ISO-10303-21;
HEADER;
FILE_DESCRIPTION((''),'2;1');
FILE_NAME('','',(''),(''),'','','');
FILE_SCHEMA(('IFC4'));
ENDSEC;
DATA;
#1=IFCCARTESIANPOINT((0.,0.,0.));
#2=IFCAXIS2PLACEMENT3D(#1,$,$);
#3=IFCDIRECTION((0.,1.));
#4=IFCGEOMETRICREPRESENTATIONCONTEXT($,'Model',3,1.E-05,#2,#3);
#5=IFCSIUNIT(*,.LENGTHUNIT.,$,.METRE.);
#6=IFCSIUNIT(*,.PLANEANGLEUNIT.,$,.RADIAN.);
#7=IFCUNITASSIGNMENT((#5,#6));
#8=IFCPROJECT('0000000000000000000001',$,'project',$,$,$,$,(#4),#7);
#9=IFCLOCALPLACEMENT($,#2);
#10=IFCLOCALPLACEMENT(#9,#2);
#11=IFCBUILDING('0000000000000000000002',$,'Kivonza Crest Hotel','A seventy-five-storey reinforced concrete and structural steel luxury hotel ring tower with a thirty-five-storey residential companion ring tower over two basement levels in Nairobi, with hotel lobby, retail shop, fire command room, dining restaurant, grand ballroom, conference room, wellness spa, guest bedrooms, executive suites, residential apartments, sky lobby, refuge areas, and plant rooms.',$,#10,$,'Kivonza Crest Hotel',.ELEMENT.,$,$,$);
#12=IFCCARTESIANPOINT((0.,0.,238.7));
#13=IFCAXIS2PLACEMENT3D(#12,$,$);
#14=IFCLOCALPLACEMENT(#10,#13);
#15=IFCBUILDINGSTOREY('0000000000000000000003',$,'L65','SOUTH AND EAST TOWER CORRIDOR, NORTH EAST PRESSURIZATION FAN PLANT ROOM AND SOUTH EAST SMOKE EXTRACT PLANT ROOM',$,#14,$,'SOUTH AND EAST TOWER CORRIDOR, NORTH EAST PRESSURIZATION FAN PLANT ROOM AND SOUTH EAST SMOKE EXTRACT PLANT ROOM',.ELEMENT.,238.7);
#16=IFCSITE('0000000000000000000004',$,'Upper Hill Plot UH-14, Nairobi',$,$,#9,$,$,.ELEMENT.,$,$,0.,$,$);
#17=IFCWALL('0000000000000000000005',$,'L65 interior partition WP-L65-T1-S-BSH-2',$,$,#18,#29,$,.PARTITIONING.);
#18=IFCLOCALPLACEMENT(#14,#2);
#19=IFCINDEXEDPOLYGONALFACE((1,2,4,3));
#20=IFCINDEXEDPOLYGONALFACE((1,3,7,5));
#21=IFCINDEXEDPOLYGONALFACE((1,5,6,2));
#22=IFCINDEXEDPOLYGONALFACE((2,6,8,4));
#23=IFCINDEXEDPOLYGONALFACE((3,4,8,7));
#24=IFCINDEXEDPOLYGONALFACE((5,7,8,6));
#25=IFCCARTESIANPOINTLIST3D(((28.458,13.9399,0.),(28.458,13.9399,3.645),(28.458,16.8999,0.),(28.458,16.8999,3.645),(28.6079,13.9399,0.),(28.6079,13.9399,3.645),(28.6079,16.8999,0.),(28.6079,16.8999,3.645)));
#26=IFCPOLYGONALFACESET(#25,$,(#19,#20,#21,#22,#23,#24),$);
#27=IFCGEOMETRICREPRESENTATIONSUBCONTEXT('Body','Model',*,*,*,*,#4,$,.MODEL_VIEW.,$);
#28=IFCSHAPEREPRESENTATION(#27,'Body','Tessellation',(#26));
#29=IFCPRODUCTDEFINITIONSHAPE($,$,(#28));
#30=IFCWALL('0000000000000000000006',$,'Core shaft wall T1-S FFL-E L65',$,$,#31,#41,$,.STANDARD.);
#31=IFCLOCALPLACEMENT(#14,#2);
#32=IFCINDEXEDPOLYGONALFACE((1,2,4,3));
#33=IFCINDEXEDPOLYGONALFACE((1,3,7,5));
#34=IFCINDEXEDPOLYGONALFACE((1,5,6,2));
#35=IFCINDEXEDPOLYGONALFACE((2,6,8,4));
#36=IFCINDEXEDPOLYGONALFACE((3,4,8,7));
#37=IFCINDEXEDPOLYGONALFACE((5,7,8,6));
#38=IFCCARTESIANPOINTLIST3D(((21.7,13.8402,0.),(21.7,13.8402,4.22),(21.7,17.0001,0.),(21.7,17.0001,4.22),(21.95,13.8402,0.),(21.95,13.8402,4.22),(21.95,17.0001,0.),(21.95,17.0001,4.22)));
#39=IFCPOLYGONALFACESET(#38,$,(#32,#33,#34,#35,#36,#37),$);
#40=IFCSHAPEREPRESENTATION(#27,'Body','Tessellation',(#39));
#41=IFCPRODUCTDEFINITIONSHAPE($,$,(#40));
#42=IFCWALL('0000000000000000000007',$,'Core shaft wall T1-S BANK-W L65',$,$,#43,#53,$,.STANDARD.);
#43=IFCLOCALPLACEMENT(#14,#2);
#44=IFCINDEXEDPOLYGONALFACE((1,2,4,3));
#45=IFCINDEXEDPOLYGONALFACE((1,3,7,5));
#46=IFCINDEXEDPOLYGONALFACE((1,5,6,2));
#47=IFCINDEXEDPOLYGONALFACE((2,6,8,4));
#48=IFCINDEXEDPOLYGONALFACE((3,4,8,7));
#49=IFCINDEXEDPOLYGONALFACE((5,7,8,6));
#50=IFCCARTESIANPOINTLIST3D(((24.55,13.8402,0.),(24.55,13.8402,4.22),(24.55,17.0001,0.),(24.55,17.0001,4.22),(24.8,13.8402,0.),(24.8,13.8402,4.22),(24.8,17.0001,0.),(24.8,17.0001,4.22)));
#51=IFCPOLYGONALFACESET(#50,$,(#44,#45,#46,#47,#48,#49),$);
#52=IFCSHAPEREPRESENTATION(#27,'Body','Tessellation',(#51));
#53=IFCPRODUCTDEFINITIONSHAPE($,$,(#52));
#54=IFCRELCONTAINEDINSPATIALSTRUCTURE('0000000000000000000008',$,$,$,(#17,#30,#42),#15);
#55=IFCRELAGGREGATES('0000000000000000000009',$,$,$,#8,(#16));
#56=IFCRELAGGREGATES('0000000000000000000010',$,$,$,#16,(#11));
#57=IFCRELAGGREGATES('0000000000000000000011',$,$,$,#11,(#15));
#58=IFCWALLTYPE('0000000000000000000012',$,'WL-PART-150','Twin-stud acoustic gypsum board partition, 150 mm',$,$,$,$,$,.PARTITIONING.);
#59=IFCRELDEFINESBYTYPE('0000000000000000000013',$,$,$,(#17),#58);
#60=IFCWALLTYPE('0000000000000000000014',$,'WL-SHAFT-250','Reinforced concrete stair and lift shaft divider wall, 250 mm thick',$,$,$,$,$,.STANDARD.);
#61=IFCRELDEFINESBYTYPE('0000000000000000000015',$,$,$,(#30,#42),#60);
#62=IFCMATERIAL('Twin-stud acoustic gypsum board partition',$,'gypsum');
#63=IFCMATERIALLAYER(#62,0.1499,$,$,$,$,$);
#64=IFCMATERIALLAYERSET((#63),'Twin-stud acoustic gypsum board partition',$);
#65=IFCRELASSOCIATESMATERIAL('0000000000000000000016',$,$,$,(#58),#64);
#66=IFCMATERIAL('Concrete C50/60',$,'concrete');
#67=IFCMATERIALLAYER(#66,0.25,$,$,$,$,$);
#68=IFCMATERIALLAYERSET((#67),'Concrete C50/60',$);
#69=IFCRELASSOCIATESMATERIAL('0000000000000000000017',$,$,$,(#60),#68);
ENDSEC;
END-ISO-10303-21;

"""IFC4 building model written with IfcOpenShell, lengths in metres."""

from ifc_helpers import new_model, si_unit, direction, frame, frame_2d, origin, place, context, subcontext, project, spatial, rectangle, extrude, material, layer, layer_set, type_object, element, save


model = new_model("IFC4")

# Units and contexts
model_context = context("Model", 3, precision=1e-05, world=origin(), true_north=direction((0.0, 1.0)))
body_context = subcontext(model_context, "Body", "Model", "MODEL_VIEW")
ifc_project = project(units=[si_unit("LENGTHUNIT", "METRE"), si_unit("PLANEANGLEUNIT", "RADIAN")], contexts=[model_context])

# Site, building, storey
site_placement = place(None, origin())
site = spatial("IfcSite", under=ifc_project, at=site_placement, Name="Upper Hill Plot UH-14, Nairobi", CompositionType="ELEMENT", RefElevation=0.0)
building_placement = place(site_placement, origin())
building = spatial("IfcBuilding", under=site, at=building_placement, Name="Kivonza Crest Hotel", Description="A seventy-five-storey reinforced concrete and structural steel luxury hotel ring tower with a thirty-five-storey residential companion ring tower over two basement levels in Nairobi, with hotel lobby, retail shop, fire command room, dining restaurant, grand ballroom, conference room, wellness spa, guest bedrooms, executive suites, residential apartments, sky lobby, refuge areas, and plant rooms.", LongName="Kivonza Crest Hotel", CompositionType="ELEMENT")
storey_placement = place(building_placement, frame((0.0, 0.0, 238.7)))
storey = spatial("IfcBuildingStorey", under=building, at=storey_placement, Name="L65", Description="SOUTH AND EAST TOWER CORRIDOR, NORTH EAST PRESSURIZATION FAN PLANT ROOM AND SOUTH EAST SMOKE EXTRACT PLANT ROOM", LongName="SOUTH AND EAST TOWER CORRIDOR, NORTH EAST PRESSURIZATION FAN PLANT ROOM AND SOUTH EAST SMOKE EXTRACT PLANT ROOM", CompositionType="ELEMENT", Elevation=238.7)

# Shared definitions
ifc_material_1 = material(Name="Concrete C50/60", Category="concrete")

# Wall
ifc_material_2 = material(Name="Twin-stud acoustic gypsum board partition", Category="gypsum")
ifc_layer_1 = layer(ifc_material_2, 0.1499)
ifc_layer_set_1 = layer_set([ifc_layer_1], Name="Twin-stud acoustic gypsum board partition")
wall_type_1 = type_object("IfcWallType", Name="WL-PART-150", Description="Twin-stud acoustic gypsum board partition, 150 mm", PredefinedType="PARTITIONING", material=ifc_layer_set_1)
wall_1_placement = place(storey_placement, frame((28.533, 13.9399, 0.0), z_axis=(0.0, 0.0, 1.0), x_axis=(0.0, 1.0, 0.0)))
element("IfcWall", 1, at=wall_1_placement, inside=storey, type_object=wall_type_1, Name="L65 interior partition WP-L65-T1-S-BSH-2", PredefinedType="PARTITIONING", context=body_context, shape_type="SweptSolid", body=[
    extrude(rectangle(XDim=2.96, YDim=0.1499, at=frame_2d((1.48, 0.0))), origin(), (0.0, 0.0, 1.0), 3.645),
])

# Shared definitions
ifc_layer_2 = layer(ifc_material_1, 0.25)
ifc_layer_set_2 = layer_set([ifc_layer_2], Name="Concrete C50/60")
wall_type_2 = type_object("IfcWallType", Name="WL-SHAFT-250", Description="Reinforced concrete stair and lift shaft divider wall, 250 mm thick", PredefinedType="STANDARD", material=ifc_layer_set_2)

# Walls
for number, where, z_axis, x_axis, name in (
    (2, (21.825, 13.8401, 0.0), (0.0, 0.0, 1.0), (0.0, 1.0, 0.0), "Core shaft wall T1-S FFL-E L65"),
    (3, (24.675, 13.8401, 0.0), (0.0, 0.0, 1.0), (0.0, 1.0, 0.0), "Core shaft wall T1-S BANK-W L65"),
):
    element("IfcWall", number, at=place(storey_placement, frame(where, z_axis=z_axis, x_axis=x_axis)), inside=storey, type_object=wall_type_2, Name=name, PredefinedType="STANDARD", context=body_context, shape_type="SweptSolid", body=[
        extrude(rectangle(XDim=3.1599, YDim=0.25, at=frame_2d((1.5801, 0.0))), origin(), (0.0, 0.0, 1.0), 4.22),
    ])

save(model, "model.ifc")
